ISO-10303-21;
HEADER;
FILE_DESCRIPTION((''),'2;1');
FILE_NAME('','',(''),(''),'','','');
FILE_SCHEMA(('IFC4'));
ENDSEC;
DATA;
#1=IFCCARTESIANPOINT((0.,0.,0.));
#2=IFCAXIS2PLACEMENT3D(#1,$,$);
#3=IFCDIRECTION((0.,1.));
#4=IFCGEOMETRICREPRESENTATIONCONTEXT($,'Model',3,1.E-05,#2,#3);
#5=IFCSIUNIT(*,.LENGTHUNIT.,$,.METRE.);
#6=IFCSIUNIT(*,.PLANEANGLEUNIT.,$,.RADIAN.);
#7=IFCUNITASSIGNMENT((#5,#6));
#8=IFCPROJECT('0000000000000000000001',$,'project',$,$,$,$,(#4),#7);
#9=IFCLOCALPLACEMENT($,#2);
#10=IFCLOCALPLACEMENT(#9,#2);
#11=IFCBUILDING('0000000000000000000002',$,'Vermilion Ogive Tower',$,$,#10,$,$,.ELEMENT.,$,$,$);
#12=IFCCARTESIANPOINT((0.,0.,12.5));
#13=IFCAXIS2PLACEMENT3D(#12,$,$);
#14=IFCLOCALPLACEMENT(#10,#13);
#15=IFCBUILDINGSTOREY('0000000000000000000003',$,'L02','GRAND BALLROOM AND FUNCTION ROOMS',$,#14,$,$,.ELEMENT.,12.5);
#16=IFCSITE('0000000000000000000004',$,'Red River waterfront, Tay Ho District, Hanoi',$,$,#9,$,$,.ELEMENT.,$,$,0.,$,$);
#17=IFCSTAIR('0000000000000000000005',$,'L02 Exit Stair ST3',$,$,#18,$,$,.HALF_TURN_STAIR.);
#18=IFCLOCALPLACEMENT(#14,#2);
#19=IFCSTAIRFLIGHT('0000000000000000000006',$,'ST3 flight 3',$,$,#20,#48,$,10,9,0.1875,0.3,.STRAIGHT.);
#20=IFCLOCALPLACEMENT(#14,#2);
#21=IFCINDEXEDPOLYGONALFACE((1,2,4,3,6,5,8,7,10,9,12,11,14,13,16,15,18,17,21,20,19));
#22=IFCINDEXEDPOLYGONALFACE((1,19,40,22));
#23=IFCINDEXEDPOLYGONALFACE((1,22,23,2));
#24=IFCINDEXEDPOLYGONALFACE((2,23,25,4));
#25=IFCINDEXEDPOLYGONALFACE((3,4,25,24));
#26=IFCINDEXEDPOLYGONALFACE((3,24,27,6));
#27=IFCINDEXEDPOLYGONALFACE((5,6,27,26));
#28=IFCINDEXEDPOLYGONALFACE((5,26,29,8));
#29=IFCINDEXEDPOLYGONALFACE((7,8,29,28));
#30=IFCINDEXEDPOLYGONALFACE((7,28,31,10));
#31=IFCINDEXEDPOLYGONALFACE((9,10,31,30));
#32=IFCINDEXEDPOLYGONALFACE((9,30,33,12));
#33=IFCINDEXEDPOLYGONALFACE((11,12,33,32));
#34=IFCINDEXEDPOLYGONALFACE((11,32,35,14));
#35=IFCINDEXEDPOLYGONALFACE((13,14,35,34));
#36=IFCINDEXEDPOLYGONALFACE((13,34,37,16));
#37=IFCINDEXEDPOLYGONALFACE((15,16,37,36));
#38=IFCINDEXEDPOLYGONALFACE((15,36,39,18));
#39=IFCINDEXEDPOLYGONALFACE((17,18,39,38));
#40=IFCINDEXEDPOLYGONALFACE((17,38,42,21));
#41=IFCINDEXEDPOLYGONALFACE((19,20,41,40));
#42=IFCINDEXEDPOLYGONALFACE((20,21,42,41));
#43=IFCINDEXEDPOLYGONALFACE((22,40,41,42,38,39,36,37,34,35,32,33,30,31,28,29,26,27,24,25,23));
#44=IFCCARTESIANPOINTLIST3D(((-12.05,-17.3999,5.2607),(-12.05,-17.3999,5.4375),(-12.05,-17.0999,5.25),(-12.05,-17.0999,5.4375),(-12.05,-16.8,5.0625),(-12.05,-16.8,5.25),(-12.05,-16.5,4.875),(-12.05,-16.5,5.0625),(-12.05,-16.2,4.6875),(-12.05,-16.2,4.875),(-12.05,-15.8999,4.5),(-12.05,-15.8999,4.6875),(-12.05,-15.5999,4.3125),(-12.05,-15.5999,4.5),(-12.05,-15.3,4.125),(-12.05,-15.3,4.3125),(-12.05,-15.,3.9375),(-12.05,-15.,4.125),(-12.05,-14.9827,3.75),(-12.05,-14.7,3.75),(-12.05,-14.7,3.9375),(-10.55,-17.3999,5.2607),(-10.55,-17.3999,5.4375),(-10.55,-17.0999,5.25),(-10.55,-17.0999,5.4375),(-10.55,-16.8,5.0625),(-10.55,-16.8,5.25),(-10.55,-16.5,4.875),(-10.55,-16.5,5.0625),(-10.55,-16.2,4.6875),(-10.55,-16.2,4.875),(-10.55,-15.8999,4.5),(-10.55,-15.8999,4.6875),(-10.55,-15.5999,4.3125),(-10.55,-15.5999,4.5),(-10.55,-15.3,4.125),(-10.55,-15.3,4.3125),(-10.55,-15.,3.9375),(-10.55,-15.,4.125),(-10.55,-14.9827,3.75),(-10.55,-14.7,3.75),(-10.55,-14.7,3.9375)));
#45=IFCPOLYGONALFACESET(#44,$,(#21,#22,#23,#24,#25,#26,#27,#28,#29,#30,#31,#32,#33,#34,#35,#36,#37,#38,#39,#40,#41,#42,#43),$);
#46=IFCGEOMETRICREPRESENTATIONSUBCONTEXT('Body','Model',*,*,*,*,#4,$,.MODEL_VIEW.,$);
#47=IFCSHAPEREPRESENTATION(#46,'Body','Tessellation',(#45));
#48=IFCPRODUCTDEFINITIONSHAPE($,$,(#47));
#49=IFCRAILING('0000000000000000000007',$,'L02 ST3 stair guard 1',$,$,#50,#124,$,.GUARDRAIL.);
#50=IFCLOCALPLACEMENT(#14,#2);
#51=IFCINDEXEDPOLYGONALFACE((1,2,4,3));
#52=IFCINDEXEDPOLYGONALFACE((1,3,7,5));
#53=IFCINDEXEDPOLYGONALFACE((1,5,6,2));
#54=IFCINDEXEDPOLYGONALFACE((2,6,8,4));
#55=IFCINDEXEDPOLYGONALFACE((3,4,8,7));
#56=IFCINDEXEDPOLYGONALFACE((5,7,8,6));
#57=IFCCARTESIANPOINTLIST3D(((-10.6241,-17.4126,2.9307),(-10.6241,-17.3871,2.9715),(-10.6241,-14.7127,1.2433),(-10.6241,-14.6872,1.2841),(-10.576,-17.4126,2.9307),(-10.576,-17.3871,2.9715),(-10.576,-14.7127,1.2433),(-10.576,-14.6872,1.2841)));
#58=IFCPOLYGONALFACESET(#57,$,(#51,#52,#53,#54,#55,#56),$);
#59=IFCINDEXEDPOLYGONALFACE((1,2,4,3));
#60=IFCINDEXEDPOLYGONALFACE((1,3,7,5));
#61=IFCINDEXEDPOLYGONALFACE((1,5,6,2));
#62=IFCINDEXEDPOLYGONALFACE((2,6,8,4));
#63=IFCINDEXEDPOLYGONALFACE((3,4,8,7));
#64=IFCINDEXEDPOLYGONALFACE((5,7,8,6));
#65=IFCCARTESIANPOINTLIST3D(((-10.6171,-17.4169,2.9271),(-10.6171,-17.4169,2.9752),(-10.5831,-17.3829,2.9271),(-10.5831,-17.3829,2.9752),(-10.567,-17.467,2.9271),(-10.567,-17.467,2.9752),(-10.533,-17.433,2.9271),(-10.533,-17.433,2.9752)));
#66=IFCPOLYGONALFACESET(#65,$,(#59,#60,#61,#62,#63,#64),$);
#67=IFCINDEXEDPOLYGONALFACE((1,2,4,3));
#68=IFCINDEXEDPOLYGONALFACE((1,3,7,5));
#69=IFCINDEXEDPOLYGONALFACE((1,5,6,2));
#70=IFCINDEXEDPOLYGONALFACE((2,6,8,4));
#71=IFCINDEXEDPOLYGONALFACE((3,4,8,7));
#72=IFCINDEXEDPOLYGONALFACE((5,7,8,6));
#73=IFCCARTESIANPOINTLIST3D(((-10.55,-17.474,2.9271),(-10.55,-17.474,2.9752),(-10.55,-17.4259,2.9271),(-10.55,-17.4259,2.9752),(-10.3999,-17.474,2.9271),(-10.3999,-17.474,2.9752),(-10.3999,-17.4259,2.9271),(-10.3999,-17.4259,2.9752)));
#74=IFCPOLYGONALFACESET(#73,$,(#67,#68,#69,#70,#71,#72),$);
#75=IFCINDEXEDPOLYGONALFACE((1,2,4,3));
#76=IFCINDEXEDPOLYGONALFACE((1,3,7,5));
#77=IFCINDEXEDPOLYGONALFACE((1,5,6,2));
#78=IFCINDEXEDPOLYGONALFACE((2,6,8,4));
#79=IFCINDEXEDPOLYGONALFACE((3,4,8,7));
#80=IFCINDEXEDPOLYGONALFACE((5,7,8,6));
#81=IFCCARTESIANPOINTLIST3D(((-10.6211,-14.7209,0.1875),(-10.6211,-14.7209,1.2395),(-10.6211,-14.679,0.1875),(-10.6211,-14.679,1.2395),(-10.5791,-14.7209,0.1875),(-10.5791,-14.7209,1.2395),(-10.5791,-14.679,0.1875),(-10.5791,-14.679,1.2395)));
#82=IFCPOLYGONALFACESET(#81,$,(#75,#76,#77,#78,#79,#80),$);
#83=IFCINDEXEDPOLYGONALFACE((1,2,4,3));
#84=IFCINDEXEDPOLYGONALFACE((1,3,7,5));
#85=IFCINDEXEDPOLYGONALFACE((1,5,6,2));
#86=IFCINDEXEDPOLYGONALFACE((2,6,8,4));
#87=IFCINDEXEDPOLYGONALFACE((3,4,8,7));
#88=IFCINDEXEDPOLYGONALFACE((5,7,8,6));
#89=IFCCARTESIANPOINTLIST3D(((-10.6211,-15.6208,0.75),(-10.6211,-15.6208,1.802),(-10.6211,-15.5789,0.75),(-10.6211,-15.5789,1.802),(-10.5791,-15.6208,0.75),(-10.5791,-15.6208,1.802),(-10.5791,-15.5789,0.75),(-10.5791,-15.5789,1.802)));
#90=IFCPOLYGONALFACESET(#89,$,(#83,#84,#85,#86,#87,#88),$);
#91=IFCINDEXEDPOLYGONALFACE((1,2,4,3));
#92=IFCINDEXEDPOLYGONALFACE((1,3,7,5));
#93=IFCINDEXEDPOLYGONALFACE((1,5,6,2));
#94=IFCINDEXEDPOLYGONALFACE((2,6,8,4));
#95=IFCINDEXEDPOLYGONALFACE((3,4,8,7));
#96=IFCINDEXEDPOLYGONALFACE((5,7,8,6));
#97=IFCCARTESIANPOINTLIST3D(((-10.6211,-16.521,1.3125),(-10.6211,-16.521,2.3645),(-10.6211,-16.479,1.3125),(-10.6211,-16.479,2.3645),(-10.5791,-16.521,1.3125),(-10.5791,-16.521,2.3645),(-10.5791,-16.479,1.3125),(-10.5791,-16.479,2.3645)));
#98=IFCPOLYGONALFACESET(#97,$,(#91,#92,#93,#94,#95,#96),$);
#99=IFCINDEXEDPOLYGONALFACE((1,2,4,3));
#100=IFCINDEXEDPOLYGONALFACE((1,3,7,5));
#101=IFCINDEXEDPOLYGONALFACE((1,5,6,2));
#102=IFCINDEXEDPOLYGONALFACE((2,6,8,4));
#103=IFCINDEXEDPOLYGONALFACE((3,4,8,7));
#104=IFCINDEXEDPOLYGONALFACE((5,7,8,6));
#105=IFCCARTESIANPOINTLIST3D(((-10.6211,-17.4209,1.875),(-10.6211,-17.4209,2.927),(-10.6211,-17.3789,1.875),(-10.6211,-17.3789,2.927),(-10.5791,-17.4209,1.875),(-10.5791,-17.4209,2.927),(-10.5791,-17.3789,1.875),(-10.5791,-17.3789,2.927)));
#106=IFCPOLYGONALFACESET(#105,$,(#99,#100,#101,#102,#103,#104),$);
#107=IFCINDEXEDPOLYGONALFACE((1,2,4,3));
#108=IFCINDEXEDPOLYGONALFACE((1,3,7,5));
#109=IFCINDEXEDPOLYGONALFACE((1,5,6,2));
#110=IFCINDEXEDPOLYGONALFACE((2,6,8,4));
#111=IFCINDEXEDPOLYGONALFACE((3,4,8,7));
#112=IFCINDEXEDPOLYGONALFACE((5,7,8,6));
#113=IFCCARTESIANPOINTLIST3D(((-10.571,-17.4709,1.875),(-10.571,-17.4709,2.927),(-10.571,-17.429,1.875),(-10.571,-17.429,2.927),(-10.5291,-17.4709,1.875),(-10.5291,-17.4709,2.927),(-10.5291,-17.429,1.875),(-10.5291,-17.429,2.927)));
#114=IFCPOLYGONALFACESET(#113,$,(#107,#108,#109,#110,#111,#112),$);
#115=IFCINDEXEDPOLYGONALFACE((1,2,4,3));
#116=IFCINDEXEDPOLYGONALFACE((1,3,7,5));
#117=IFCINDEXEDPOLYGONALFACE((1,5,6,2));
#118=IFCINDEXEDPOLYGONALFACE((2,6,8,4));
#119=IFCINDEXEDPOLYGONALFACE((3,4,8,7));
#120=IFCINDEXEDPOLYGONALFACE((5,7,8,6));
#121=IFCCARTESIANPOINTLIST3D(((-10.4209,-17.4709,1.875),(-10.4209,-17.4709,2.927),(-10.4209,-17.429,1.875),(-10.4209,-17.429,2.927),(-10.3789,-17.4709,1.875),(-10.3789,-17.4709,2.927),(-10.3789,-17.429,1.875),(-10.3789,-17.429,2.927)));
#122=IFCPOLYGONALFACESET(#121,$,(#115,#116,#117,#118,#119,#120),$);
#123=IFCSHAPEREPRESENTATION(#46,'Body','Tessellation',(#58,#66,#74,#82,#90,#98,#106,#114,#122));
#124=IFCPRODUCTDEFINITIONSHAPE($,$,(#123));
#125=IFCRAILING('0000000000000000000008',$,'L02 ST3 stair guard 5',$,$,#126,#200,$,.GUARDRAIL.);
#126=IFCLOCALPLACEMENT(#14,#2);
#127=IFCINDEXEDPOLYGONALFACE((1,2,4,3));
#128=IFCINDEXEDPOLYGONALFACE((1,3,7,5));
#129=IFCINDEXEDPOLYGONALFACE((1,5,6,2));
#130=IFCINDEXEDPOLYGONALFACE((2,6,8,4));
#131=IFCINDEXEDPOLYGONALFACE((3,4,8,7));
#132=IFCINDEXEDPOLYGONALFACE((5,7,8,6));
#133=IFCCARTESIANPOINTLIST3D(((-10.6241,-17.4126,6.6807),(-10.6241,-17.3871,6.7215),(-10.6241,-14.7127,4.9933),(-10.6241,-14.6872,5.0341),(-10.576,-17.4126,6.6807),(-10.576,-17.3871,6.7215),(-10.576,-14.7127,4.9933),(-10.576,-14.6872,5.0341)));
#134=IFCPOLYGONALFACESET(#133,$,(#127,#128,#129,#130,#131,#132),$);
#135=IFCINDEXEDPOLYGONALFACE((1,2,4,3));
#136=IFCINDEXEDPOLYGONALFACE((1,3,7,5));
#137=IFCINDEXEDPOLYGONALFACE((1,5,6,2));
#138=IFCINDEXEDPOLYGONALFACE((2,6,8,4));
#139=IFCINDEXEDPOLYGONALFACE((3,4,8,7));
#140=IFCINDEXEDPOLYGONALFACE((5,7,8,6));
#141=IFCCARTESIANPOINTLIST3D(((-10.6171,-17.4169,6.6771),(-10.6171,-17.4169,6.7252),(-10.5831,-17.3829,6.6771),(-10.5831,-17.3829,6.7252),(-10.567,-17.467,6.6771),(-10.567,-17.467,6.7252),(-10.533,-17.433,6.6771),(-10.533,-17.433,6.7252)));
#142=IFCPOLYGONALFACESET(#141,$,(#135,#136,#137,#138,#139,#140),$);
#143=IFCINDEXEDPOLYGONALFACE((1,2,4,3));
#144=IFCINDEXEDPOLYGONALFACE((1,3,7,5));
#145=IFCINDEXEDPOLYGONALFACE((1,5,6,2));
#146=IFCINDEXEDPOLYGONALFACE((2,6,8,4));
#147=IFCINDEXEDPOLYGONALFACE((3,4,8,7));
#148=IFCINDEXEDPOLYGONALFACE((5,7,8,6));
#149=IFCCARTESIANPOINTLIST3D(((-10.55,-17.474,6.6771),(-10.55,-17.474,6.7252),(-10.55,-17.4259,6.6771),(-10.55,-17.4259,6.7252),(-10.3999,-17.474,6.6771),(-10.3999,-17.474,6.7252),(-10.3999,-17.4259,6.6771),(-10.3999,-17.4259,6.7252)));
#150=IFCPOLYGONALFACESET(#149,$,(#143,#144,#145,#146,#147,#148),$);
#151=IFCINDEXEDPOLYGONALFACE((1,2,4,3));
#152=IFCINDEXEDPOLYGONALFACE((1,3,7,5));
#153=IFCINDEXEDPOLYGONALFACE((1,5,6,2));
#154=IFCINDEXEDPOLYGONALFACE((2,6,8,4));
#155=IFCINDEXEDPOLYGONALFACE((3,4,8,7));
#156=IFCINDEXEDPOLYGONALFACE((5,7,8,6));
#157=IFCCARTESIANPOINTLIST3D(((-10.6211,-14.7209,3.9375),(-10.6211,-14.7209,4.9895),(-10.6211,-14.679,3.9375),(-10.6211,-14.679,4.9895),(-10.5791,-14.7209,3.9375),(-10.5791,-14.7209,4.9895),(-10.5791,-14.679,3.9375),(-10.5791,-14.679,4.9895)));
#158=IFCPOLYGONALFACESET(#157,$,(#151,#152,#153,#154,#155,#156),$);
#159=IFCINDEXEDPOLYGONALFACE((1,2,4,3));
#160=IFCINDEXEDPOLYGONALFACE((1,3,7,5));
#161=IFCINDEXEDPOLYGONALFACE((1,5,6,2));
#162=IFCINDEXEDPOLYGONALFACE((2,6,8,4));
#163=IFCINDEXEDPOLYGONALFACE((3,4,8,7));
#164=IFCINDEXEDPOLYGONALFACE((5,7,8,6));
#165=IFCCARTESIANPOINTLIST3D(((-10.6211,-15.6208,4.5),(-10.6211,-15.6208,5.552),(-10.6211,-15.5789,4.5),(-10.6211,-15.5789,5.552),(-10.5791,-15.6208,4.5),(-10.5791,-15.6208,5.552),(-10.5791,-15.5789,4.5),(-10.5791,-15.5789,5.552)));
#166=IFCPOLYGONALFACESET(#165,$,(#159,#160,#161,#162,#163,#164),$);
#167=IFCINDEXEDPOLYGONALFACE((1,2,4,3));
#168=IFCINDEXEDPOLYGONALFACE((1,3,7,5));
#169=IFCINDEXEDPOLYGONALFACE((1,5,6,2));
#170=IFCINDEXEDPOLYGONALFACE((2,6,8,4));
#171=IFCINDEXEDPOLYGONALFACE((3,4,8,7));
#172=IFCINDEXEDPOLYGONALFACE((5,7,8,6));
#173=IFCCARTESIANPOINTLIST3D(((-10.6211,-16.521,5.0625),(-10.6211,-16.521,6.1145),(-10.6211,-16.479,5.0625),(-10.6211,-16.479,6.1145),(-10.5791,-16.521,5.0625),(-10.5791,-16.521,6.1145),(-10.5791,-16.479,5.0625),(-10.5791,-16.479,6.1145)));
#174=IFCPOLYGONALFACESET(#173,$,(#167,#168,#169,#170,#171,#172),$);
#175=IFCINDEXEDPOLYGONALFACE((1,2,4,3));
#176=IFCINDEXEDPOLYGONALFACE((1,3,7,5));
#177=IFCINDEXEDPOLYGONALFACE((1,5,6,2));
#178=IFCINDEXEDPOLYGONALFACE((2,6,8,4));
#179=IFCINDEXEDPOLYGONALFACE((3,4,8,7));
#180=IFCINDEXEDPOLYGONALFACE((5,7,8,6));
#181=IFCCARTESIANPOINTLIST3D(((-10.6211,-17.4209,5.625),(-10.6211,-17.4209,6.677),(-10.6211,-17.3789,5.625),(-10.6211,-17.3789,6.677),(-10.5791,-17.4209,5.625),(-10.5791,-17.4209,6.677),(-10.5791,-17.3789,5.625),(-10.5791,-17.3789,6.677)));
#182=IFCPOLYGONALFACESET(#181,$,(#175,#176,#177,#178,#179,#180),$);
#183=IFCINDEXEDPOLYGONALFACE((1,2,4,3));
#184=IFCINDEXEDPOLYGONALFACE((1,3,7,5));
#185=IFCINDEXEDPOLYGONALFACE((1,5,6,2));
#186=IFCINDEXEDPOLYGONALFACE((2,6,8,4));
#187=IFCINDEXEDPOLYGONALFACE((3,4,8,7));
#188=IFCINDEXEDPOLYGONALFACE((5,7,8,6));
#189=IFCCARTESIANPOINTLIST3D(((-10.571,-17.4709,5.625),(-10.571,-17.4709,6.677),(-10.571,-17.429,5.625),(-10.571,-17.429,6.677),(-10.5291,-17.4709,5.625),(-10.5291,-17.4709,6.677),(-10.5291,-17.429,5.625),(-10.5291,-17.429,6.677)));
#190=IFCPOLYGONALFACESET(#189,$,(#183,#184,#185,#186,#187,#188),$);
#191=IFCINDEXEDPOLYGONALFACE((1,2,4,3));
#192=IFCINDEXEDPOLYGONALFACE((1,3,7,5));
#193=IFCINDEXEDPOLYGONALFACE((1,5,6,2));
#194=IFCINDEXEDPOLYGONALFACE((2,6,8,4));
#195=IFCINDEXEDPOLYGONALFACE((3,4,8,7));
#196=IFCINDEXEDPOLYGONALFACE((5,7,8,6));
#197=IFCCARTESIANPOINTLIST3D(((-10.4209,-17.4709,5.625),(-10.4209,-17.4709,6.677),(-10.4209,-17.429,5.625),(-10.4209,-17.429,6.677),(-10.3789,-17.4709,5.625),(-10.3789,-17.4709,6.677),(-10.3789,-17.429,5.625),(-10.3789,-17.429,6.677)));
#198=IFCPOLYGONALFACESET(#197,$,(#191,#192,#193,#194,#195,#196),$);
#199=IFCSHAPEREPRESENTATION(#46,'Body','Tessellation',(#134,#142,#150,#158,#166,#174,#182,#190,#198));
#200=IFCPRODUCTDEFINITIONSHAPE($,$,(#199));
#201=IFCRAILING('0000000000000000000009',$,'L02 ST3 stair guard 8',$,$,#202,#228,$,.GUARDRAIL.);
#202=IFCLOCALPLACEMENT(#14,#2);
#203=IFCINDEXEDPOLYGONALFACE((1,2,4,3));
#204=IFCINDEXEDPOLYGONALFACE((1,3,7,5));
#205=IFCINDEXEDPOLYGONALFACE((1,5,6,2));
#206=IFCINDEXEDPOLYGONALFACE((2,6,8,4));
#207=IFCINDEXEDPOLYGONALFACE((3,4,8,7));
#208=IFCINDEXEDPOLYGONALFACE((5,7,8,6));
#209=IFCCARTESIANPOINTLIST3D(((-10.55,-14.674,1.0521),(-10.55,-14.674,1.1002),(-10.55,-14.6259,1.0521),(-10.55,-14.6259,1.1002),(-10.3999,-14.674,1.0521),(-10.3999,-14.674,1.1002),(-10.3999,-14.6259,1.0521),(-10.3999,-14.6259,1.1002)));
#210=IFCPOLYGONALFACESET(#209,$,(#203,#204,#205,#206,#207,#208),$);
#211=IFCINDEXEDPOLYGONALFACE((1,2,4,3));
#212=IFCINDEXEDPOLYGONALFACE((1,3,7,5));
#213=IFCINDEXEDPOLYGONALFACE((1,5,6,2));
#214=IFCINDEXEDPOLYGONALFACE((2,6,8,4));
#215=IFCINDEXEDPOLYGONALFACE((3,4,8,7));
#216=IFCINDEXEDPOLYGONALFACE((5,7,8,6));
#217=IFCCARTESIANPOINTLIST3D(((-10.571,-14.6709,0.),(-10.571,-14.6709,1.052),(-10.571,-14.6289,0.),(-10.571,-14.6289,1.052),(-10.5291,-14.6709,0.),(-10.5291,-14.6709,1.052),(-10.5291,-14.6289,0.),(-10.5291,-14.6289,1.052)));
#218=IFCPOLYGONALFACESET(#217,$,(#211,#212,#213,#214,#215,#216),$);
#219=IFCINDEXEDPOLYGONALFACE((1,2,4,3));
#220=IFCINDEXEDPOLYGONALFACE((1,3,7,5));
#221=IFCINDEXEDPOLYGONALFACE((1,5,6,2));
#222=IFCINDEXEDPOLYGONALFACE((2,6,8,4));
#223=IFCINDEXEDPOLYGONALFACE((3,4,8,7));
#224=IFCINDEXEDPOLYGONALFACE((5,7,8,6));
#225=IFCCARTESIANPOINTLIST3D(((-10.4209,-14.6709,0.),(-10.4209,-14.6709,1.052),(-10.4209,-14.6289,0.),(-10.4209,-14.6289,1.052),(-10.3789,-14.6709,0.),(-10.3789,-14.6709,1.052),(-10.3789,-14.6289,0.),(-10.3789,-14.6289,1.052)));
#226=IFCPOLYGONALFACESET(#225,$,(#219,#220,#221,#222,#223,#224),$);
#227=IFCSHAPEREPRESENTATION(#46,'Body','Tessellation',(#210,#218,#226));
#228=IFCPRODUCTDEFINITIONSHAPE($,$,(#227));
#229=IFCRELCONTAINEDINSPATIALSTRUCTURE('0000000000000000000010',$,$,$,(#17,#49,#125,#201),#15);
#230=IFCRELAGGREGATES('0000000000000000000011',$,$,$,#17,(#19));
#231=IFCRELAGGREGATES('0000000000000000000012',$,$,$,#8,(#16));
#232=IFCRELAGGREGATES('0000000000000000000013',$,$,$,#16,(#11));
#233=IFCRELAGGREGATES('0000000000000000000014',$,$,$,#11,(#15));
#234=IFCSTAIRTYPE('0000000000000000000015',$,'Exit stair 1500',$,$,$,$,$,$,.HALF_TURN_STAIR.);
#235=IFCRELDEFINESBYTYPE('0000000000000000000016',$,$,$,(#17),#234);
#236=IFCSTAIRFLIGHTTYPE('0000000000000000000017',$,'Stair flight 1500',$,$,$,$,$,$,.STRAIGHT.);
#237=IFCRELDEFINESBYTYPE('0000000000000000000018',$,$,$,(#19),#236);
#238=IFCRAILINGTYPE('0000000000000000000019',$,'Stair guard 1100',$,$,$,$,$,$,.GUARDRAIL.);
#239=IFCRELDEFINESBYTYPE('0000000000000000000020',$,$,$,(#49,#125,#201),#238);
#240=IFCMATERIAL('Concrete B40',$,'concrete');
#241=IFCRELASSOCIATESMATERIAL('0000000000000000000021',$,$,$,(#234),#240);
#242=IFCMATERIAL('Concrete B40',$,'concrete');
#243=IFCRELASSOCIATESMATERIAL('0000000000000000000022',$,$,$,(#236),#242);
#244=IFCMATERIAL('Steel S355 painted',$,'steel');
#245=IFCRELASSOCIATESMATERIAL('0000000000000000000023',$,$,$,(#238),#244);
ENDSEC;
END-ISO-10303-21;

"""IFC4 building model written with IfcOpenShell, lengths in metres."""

from ifc_helpers import new_model, si_unit, direction, frame, origin, origin_2d, place, context, subcontext, project, spatial, polyline, rectangle, outline, extrude, material, type_object, element, aggregate, save


model = new_model("IFC4")

# Units and contexts
model_context = context("Model", 3, precision=1e-05, world=origin(), true_north=direction((0.0, 1.0)))
body_context = subcontext(model_context, "Body", "Model", "MODEL_VIEW")
ifc_project = project(units=[si_unit("LENGTHUNIT", "METRE"), si_unit("PLANEANGLEUNIT", "RADIAN")], contexts=[model_context])

# Site, building, storey
site_placement = place(None, origin())
site = spatial("IfcSite", under=ifc_project, at=site_placement, Name="Red River waterfront, Tay Ho District, Hanoi", CompositionType="ELEMENT", RefElevation=0.0)
building_placement = place(site_placement, origin())
building = spatial("IfcBuilding", under=site, at=building_placement, Name="Vermilion Ogive Tower", CompositionType="ELEMENT")
storey_placement = place(building_placement, frame((0.0, 0.0, 12.5)))
storey = spatial("IfcBuildingStorey", under=building, at=storey_placement, Name="L02", Description="GRAND BALLROOM AND FUNCTION ROOMS", CompositionType="ELEMENT", Elevation=12.5)

# Stair, stair flight
ifc_material_1 = material(Name="Concrete B40", Category="concrete")
stair_type = type_object("IfcStairType", Name="Exit stair 1500", PredefinedType="HALF_TURN_STAIR", material=ifc_material_1)
stair_placement = place(storey_placement, origin())
stair = element("IfcStair", 1, at=stair_placement, inside=storey, type_object=stair_type, Name="L02 Exit Stair ST3", PredefinedType="HALF_TURN_STAIR")
ifc_material_2 = material(Name="Concrete B40", Category="concrete")
stair_flight_type = type_object("IfcStairFlightType", Name="Stair flight 1500", PredefinedType="STRAIGHT", material=ifc_material_2)
stair_flight_1_placement = place(storey_placement, frame((-11.3, -14.7, 3.75), z_axis=(0.0, 0.0, 1.0), x_axis=(0.0, -1.0, 0.0)))
stair_flight_1 = element("IfcStairFlight", 2, at=stair_flight_1_placement, type_object=stair_flight_type, Name="ST3 flight 3", NumberOfRisers=10, NumberOfTreads=9, PredefinedType="STRAIGHT", RiserHeight=0.1875, TreadLength=0.3, context=body_context, shape_type="SweptSolid", body=[
    extrude(outline(polyline([(0.0, 0.0), (0.0, 0.1875), (0.3, 0.1875), (0.3, 0.375), (0.6001, 0.375), (0.6001, 0.5625), (0.8999, 0.5625), (0.8999, 0.75), (1.2, 0.75), (1.2, 0.9375), (1.5, 0.9375), (1.5, 1.125), (1.8, 1.125), (1.8, 1.3125), (2.1001, 1.3125), (2.1001, 1.5), (2.3999, 1.5), (2.3999, 1.6875), (2.7, 1.6875), (2.7, 1.875), (2.7, 1.5107), (0.2827, 0.0), (0.0, 0.0)])), frame((0.0, 0.75, 0.0), z_axis=(0.0, -1.0, 0.0), x_axis=(1.0, 0.0, 0.0)), (0.0, 0.0, 1.0), 1.5),
])
aggregate(stair, [stair_flight_1])

# Railings
ifc_material_3 = material(Name="Steel S355 painted", Category="steel")
railing_type = type_object("IfcRailingType", Name="Stair guard 1100", PredefinedType="GUARDRAIL", material=ifc_material_3)
for number, where, name in (
    (3, (-10.6001, -14.7, 0.1875), "L02 ST3 stair guard 1"),
    (4, (-10.6001, -14.7, 3.9375), "L02 ST3 stair guard 5"),
):
    element("IfcRailing", number, at=place(storey_placement, frame(where)), inside=storey, type_object=railing_type, Name=name, PredefinedType="GUARDRAIL", context=body_context, shape_type="SweptSolid", body=[
        extrude(rectangle(XDim=0.0481, YDim=0.0481, at=origin_2d()), frame((0.0, 0.0, 1.0762), z_axis=(0.0, -0.847994, 0.530006), x_axis=(1.0, 0.0, 0.0)), (0.0, 0.0, 1.0), 3.1838),
        extrude(rectangle(XDim=0.0481, YDim=0.0481, at=origin_2d()), frame((0.0, -2.7, 2.7637), z_axis=(0.707107, -0.707107, 0.0), x_axis=(0.707107, 0.707107, 0.0)), (0.0, 0.0, 1.0), 0.0708),
        extrude(rectangle(XDim=0.0481, YDim=0.0481, at=origin_2d()), frame((0.05, -2.75, 2.7637), z_axis=(1.0, 0.0, 0.0), x_axis=(0.0, 1.0, 0.0)), (0.0, 0.0, 1.0), 0.1501),
        extrude(rectangle(XDim=0.042, YDim=0.042, at=origin_2d()), origin(), (0.0, 0.0, 1.0), 1.052),
        extrude(rectangle(XDim=0.042, YDim=0.042, at=origin_2d()), frame((0.0, -0.8999, 0.5625)), (0.0, 0.0, 1.0), 1.052),
        extrude(rectangle(XDim=0.042, YDim=0.042, at=origin_2d()), frame((0.0, -1.8, 1.125)), (0.0, 0.0, 1.0), 1.052),
        extrude(rectangle(XDim=0.042, YDim=0.042, at=origin_2d()), frame((0.0, -2.7, 1.6875)), (0.0, 0.0, 1.0), 1.052),
        extrude(rectangle(XDim=0.042, YDim=0.042, at=origin_2d()), frame((0.05, -2.75, 1.6875)), (0.0, 0.0, 1.0), 1.052),
        extrude(rectangle(XDim=0.042, YDim=0.042, at=origin_2d()), frame((0.2002, -2.75, 1.6875)), (0.0, 0.0, 1.0), 1.052),
    ])
railing_placement = place(storey_placement, frame((-10.55, -14.6499, 0.0)))
element("IfcRailing", 5, at=railing_placement, inside=storey, type_object=railing_type, Name="L02 ST3 stair guard 8", PredefinedType="GUARDRAIL", context=body_context, shape_type="SweptSolid", body=[
    extrude(rectangle(XDim=0.0481, YDim=0.0481, at=origin_2d()), frame((0.0, 0.0, 1.0762), z_axis=(1.0, 0.0, 0.0), x_axis=(0.0, 1.0, 0.0)), (0.0, 0.0, 1.0), 0.1501),
    extrude(rectangle(XDim=0.042, YDim=0.042, at=origin_2d()), origin(), (0.0, 0.0, 1.0), 1.052),
    extrude(rectangle(XDim=0.042, YDim=0.042, at=origin_2d()), frame((0.1501, 0.0, 0.0)), (0.0, 0.0, 1.0), 1.052),
])

save(model, "model.ifc")
